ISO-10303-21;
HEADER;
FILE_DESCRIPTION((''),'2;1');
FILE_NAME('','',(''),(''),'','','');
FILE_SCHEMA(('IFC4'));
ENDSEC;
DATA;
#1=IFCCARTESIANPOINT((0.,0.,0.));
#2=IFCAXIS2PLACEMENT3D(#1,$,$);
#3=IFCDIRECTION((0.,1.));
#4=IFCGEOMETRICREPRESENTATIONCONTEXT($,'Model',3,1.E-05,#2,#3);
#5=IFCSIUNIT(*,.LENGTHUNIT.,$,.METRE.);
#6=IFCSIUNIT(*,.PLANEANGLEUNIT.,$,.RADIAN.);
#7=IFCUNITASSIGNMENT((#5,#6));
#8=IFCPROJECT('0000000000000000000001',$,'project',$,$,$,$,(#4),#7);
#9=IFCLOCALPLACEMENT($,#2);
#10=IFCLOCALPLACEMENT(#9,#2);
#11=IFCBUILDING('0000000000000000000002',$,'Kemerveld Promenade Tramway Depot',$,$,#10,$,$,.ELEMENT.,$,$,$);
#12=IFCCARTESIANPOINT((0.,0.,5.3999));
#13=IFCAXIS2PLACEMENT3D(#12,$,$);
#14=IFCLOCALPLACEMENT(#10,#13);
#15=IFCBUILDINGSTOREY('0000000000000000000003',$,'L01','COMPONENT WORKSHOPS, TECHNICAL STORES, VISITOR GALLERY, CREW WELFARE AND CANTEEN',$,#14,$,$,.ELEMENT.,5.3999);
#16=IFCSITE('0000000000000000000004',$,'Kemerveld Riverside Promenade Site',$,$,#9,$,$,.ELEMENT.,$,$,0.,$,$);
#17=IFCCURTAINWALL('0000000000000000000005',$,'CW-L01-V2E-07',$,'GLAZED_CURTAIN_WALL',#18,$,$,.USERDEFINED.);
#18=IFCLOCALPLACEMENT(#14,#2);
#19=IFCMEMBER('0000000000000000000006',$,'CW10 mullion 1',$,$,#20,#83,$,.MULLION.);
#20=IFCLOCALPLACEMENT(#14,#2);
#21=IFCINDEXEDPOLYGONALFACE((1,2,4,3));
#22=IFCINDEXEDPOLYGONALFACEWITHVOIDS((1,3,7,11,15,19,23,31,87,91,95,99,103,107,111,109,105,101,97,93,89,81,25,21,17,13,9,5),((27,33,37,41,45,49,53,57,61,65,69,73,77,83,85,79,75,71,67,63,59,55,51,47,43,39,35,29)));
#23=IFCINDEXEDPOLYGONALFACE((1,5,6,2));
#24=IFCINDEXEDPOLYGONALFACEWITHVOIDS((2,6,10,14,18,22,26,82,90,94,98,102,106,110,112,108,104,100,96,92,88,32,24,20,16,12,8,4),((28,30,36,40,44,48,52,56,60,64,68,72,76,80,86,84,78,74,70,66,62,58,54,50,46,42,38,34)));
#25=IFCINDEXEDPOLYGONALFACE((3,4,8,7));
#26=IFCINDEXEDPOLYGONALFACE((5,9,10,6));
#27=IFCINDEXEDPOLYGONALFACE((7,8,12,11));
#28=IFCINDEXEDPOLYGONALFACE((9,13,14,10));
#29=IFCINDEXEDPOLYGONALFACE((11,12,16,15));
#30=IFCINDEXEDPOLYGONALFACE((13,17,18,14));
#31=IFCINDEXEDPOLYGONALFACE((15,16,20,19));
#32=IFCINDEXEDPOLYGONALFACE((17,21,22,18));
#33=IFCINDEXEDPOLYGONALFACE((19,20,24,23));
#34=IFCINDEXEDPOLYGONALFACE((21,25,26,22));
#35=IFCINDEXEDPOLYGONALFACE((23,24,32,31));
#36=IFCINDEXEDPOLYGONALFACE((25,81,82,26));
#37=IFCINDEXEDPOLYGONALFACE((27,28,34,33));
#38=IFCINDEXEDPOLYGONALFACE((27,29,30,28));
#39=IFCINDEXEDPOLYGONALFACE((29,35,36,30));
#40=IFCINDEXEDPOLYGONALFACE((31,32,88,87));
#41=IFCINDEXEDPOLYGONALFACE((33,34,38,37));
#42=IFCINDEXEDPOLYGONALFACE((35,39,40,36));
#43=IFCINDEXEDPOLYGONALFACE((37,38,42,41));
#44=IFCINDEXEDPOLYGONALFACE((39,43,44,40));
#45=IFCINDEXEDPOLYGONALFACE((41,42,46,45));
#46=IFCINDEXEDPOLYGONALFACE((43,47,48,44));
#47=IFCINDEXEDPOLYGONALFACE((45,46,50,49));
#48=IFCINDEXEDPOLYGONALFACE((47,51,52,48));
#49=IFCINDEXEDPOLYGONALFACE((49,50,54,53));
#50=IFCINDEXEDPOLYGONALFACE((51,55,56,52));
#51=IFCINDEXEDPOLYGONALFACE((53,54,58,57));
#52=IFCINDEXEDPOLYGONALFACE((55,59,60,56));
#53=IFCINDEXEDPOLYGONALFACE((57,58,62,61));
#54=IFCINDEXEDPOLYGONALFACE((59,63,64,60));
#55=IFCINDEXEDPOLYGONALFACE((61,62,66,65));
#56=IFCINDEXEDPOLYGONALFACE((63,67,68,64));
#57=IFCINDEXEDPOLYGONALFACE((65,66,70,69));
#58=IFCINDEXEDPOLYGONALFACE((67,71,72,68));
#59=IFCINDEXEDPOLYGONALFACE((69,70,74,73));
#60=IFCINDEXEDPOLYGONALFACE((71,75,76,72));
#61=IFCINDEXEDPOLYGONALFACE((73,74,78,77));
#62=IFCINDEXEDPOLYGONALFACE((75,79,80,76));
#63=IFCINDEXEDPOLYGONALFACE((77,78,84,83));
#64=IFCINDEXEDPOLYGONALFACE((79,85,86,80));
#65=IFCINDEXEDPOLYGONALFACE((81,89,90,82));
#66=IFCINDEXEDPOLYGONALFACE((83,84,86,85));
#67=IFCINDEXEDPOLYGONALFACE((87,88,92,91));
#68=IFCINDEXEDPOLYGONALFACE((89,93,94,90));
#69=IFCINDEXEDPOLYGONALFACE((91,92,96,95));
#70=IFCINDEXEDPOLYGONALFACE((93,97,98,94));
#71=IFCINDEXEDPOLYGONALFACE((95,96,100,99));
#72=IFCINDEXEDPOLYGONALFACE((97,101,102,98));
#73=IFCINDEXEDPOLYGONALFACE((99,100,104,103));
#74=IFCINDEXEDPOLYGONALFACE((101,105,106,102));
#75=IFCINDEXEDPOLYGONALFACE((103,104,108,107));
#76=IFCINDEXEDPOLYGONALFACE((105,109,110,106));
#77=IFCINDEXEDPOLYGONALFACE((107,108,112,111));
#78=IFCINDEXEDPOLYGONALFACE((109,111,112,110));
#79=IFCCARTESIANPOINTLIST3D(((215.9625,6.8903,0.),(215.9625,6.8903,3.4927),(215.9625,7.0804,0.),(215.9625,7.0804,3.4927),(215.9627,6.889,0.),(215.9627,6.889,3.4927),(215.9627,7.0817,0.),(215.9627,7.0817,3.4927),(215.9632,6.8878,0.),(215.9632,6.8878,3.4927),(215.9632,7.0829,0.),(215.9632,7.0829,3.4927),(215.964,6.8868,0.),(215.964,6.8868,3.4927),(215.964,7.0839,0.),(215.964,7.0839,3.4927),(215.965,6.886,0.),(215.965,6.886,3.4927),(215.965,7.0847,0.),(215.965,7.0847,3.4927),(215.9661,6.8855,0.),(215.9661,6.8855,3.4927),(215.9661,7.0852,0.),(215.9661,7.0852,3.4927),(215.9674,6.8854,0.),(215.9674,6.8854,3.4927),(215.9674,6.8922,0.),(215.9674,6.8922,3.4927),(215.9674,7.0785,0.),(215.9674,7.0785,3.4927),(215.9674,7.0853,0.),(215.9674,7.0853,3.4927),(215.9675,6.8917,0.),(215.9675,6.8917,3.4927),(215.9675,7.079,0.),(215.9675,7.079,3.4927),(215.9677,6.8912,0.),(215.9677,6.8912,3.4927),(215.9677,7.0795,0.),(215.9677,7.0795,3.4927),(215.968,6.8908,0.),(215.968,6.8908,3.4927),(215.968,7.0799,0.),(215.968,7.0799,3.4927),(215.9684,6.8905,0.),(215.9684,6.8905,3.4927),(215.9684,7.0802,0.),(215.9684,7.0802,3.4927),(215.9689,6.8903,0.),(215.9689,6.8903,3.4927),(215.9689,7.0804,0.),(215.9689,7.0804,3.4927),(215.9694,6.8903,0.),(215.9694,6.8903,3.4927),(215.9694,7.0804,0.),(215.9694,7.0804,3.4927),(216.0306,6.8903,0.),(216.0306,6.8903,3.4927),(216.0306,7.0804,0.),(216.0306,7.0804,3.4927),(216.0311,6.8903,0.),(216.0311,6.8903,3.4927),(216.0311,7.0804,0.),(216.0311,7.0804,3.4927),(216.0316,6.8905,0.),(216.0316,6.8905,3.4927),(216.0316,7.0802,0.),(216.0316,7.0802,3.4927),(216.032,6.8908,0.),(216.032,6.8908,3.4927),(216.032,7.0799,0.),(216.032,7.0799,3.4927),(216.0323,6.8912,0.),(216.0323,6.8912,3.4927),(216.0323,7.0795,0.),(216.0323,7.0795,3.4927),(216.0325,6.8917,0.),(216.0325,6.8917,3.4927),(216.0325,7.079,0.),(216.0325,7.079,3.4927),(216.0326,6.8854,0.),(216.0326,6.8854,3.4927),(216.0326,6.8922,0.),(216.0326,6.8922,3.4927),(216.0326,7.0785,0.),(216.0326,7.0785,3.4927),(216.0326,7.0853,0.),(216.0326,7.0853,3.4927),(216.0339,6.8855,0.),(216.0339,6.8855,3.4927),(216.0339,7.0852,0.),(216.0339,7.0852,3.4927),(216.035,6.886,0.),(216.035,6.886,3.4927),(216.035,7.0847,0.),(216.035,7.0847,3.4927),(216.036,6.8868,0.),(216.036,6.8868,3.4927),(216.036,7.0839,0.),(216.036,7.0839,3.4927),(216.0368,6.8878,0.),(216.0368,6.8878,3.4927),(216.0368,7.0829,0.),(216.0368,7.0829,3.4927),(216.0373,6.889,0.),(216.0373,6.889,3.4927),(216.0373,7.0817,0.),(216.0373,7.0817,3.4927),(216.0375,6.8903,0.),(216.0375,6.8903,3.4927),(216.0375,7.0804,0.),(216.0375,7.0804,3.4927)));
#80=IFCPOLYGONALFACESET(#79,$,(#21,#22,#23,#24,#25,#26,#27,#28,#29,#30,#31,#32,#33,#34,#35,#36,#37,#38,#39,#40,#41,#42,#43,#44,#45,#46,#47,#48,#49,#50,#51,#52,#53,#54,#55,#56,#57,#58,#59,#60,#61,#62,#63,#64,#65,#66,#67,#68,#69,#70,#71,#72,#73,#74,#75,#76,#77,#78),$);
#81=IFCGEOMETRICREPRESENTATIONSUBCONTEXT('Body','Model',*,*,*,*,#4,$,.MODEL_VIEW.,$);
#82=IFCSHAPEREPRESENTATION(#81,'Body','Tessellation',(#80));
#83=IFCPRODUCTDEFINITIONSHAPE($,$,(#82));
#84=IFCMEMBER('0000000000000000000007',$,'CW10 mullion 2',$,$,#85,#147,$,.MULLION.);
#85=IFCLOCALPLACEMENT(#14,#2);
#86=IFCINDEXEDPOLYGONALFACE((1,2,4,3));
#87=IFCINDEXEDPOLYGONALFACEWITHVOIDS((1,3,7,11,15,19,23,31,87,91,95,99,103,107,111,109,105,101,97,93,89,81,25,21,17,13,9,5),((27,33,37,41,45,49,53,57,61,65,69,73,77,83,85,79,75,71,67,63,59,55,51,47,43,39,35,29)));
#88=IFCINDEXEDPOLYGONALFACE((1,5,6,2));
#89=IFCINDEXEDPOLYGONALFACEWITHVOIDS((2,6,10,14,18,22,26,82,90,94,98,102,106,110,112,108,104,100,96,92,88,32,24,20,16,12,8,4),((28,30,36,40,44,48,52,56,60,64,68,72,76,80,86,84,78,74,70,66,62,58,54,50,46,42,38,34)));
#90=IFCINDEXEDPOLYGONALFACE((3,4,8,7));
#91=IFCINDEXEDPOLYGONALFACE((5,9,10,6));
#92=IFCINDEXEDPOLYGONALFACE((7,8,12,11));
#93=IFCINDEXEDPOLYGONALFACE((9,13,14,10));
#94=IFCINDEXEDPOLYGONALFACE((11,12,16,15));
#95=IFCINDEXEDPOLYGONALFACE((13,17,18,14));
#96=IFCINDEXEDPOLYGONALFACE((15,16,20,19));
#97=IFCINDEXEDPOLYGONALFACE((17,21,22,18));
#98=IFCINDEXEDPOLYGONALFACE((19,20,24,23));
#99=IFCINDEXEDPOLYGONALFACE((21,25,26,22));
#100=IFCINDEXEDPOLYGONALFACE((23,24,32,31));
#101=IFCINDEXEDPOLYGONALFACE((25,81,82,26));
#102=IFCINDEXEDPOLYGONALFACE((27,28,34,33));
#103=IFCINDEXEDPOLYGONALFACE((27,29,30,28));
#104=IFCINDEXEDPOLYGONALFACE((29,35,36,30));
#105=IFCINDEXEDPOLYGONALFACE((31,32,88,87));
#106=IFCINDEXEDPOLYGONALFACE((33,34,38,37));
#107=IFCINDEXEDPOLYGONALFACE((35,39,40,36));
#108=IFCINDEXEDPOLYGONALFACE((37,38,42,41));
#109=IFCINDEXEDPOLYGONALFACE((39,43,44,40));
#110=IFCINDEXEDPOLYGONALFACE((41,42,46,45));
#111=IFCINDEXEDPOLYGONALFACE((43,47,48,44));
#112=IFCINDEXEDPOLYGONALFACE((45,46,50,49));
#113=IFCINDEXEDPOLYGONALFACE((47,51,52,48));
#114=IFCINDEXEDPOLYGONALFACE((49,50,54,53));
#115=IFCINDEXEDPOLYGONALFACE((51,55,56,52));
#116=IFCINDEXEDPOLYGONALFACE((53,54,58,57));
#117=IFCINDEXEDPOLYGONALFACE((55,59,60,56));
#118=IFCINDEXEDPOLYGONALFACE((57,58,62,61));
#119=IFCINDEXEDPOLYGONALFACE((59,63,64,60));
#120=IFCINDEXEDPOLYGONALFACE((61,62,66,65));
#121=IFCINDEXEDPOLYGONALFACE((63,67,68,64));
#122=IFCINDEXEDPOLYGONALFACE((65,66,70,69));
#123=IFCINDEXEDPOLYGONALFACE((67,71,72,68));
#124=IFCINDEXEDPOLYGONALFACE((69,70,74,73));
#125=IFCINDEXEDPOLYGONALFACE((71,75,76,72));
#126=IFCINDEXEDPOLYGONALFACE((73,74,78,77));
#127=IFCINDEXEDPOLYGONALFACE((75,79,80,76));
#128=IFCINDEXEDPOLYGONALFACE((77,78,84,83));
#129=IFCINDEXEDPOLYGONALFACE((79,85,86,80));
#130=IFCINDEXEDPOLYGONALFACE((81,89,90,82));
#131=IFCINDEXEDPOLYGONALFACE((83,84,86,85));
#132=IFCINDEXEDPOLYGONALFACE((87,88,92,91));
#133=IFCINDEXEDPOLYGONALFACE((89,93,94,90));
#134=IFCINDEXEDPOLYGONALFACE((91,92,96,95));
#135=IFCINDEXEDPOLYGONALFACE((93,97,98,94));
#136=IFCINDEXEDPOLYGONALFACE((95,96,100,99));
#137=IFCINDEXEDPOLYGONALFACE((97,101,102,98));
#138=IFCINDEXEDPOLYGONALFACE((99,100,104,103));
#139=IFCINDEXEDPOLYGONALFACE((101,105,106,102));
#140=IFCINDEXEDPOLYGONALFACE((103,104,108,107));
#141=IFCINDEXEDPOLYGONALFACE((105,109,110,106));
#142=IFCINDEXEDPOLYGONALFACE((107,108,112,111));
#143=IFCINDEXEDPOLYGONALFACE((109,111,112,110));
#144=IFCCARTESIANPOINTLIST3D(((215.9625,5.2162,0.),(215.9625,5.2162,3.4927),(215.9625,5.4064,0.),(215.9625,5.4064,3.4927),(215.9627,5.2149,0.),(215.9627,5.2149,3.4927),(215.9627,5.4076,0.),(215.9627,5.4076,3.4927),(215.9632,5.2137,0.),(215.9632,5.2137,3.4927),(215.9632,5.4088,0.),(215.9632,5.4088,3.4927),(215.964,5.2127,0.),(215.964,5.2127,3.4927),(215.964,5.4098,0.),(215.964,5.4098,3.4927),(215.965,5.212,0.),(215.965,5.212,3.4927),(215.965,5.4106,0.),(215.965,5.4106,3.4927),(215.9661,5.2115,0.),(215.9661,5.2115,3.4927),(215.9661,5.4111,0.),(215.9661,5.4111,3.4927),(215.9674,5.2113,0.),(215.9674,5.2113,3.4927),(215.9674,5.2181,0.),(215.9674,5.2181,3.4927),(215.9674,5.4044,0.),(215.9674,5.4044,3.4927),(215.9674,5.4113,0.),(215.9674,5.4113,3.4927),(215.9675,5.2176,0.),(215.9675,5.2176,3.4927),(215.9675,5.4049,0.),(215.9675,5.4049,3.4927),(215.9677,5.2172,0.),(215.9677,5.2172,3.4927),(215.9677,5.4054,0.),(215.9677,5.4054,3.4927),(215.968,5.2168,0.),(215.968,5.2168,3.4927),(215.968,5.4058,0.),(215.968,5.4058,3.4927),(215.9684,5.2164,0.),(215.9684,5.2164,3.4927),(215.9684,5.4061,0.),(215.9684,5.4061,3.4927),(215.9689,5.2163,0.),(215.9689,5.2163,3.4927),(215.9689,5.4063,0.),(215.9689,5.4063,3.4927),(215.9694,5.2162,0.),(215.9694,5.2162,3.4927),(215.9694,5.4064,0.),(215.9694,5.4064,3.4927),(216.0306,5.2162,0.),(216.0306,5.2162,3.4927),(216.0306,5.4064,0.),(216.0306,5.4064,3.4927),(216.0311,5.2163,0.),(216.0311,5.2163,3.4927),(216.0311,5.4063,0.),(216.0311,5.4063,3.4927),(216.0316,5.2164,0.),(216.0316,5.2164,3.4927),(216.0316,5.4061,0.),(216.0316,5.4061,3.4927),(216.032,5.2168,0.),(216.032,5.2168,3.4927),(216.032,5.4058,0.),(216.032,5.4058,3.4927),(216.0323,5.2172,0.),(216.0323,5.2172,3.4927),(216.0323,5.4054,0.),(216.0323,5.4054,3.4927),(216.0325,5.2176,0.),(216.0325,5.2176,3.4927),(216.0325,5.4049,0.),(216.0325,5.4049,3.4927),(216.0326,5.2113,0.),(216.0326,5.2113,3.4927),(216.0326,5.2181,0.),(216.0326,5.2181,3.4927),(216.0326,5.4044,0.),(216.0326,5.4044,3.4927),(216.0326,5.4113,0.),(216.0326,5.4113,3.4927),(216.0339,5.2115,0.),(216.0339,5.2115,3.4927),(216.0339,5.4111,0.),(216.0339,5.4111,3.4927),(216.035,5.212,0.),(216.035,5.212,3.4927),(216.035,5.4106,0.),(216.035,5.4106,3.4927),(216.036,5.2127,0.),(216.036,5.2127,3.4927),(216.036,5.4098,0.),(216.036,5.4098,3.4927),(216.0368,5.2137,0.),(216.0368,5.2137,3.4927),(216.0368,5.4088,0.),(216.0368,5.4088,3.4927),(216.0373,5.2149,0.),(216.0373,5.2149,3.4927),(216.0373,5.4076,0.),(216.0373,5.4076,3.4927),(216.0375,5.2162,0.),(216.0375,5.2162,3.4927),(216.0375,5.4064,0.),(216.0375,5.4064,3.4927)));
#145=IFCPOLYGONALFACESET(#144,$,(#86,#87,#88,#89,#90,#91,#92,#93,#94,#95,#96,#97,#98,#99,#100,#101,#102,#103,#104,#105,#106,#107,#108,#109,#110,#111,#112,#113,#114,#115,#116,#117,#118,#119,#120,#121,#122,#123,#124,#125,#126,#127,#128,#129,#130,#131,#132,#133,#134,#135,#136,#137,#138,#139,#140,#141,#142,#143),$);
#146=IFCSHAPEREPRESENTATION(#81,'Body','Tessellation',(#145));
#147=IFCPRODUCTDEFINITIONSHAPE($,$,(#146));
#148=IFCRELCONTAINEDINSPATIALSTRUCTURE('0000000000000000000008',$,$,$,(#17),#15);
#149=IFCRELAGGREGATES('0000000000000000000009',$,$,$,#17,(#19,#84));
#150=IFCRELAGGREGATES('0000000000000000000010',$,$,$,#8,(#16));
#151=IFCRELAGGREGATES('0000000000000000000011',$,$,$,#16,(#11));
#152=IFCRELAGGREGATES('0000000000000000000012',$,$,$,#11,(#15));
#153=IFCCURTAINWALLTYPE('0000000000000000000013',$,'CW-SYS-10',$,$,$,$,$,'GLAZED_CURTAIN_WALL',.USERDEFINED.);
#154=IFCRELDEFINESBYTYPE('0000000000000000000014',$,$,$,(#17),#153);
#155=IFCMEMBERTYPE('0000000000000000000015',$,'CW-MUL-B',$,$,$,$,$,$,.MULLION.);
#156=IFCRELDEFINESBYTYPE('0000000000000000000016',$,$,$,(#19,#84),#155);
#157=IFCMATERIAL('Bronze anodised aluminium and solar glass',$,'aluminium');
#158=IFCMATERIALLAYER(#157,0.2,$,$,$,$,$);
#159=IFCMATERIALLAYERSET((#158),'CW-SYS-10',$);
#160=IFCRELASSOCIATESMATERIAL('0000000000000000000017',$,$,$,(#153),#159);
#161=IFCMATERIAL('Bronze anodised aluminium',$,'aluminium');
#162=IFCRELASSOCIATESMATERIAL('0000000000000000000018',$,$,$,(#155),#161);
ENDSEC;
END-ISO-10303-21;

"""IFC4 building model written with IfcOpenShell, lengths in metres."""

from ifc_helpers import new_model, si_unit, direction, frame, origin, origin_2d, place, context, subcontext, project, spatial, hollow_rectangle, extrude, material, layer, layer_set, material_profile, profile_set, type_object, element, aggregate, save


model = new_model("IFC4")

# Units and contexts
model_context = context("Model", 3, precision=1e-05, world=origin(), true_north=direction((0.0, 1.0)))
body_context = subcontext(model_context, "Body", "Model", "MODEL_VIEW")
ifc_project = project(units=[si_unit("LENGTHUNIT", "METRE"), si_unit("PLANEANGLEUNIT", "RADIAN")], contexts=[model_context])

# Site, building, storey
site_placement = place(None, origin())
site = spatial("IfcSite", under=ifc_project, at=site_placement, Name="Kemerveld Riverside Promenade Site", CompositionType="ELEMENT", RefElevation=0.0)
building_placement = place(site_placement, origin())
building = spatial("IfcBuilding", under=site, at=building_placement, Name="Kemerveld Promenade Tramway Depot", CompositionType="ELEMENT")
storey_placement = place(building_placement, frame((0.0, 0.0, 5.3999)))
storey = spatial("IfcBuildingStorey", under=building, at=storey_placement, Name="L01", Description="COMPONENT WORKSHOPS, TECHNICAL STORES, VISITOR GALLERY, CREW WELFARE AND CANTEEN", CompositionType="ELEMENT", Elevation=5.3999)

# Curtain wall, members
ifc_material_1 = material(Name="Bronze anodised aluminium and solar glass", Category="aluminium")
ifc_layer_1 = layer(ifc_material_1, 0.2)
ifc_layer_set_1 = layer_set([ifc_layer_1], Name="CW-SYS-10")
curtain_wall_type = type_object("IfcCurtainWallType", Name="CW-SYS-10", ElementType="GLAZED_CURTAIN_WALL", PredefinedType="USERDEFINED", material=ifc_layer_set_1)
curtain_wall_placement = place(storey_placement, origin())
curtain_wall = element("IfcCurtainWall", 1, at=curtain_wall_placement, inside=storey, type_object=curtain_wall_type, Name="CW-L01-V2E-07", ObjectType="GLAZED_CURTAIN_WALL", PredefinedType="USERDEFINED")
ifc_material_2 = material(Name="Bronze anodised aluminium", Category="aluminium")
ifc_material_profile_1 = material_profile(ifc_material_2, hollow_rectangle(XDim=0.075, YDim=0.2, WallThickness=0.0049, InnerFilletRadius=0.002, OuterFilletRadius=0.0049, at=origin_2d()), Name="CW-MUL-200x75")
ifc_profile_set_1 = profile_set([ifc_material_profile_1], Name="Bronze anodised aluminium")
member_type_1 = type_object("IfcMemberType", Name="CW-MUL-B", PredefinedType="MULLION", material=ifc_profile_set_1)
member_1_placement = place(storey_placement, frame((216.0, 6.9854, 0.0), z_axis=(0.0, 0.0, 1.0), x_axis=(1.0, 0.0, 0.0)))
member_1 = element("IfcMember", 2, at=member_1_placement, type_object=member_type_1, Name="CW10 mullion 1", PredefinedType="MULLION", context=body_context, shape_type="SweptSolid", body=[
    extrude(hollow_rectangle(XDim=0.075, YDim=0.2, WallThickness=0.0049, InnerFilletRadius=0.002, OuterFilletRadius=0.0049, at=origin_2d()), origin(), (0.0, 0.0, 1.0), 3.4927),
])
member_2_placement = place(storey_placement, frame((216.0, 5.3113, 0.0), z_axis=(0.0, 0.0, 1.0), x_axis=(1.0, 0.0, 0.0)))
member_2 = element("IfcMember", 3, at=member_2_placement, type_object=member_type_1, Name="CW10 mullion 2", PredefinedType="MULLION", context=body_context, shape_type="SweptSolid", body=[
    extrude(hollow_rectangle(XDim=0.075, YDim=0.2, WallThickness=0.0049, InnerFilletRadius=0.002, OuterFilletRadius=0.0049, at=origin_2d()), origin(), (0.0, 0.0, 1.0), 3.4927),
])
aggregate(curtain_wall, [member_1, member_2])

save(model, "model.ifc")
